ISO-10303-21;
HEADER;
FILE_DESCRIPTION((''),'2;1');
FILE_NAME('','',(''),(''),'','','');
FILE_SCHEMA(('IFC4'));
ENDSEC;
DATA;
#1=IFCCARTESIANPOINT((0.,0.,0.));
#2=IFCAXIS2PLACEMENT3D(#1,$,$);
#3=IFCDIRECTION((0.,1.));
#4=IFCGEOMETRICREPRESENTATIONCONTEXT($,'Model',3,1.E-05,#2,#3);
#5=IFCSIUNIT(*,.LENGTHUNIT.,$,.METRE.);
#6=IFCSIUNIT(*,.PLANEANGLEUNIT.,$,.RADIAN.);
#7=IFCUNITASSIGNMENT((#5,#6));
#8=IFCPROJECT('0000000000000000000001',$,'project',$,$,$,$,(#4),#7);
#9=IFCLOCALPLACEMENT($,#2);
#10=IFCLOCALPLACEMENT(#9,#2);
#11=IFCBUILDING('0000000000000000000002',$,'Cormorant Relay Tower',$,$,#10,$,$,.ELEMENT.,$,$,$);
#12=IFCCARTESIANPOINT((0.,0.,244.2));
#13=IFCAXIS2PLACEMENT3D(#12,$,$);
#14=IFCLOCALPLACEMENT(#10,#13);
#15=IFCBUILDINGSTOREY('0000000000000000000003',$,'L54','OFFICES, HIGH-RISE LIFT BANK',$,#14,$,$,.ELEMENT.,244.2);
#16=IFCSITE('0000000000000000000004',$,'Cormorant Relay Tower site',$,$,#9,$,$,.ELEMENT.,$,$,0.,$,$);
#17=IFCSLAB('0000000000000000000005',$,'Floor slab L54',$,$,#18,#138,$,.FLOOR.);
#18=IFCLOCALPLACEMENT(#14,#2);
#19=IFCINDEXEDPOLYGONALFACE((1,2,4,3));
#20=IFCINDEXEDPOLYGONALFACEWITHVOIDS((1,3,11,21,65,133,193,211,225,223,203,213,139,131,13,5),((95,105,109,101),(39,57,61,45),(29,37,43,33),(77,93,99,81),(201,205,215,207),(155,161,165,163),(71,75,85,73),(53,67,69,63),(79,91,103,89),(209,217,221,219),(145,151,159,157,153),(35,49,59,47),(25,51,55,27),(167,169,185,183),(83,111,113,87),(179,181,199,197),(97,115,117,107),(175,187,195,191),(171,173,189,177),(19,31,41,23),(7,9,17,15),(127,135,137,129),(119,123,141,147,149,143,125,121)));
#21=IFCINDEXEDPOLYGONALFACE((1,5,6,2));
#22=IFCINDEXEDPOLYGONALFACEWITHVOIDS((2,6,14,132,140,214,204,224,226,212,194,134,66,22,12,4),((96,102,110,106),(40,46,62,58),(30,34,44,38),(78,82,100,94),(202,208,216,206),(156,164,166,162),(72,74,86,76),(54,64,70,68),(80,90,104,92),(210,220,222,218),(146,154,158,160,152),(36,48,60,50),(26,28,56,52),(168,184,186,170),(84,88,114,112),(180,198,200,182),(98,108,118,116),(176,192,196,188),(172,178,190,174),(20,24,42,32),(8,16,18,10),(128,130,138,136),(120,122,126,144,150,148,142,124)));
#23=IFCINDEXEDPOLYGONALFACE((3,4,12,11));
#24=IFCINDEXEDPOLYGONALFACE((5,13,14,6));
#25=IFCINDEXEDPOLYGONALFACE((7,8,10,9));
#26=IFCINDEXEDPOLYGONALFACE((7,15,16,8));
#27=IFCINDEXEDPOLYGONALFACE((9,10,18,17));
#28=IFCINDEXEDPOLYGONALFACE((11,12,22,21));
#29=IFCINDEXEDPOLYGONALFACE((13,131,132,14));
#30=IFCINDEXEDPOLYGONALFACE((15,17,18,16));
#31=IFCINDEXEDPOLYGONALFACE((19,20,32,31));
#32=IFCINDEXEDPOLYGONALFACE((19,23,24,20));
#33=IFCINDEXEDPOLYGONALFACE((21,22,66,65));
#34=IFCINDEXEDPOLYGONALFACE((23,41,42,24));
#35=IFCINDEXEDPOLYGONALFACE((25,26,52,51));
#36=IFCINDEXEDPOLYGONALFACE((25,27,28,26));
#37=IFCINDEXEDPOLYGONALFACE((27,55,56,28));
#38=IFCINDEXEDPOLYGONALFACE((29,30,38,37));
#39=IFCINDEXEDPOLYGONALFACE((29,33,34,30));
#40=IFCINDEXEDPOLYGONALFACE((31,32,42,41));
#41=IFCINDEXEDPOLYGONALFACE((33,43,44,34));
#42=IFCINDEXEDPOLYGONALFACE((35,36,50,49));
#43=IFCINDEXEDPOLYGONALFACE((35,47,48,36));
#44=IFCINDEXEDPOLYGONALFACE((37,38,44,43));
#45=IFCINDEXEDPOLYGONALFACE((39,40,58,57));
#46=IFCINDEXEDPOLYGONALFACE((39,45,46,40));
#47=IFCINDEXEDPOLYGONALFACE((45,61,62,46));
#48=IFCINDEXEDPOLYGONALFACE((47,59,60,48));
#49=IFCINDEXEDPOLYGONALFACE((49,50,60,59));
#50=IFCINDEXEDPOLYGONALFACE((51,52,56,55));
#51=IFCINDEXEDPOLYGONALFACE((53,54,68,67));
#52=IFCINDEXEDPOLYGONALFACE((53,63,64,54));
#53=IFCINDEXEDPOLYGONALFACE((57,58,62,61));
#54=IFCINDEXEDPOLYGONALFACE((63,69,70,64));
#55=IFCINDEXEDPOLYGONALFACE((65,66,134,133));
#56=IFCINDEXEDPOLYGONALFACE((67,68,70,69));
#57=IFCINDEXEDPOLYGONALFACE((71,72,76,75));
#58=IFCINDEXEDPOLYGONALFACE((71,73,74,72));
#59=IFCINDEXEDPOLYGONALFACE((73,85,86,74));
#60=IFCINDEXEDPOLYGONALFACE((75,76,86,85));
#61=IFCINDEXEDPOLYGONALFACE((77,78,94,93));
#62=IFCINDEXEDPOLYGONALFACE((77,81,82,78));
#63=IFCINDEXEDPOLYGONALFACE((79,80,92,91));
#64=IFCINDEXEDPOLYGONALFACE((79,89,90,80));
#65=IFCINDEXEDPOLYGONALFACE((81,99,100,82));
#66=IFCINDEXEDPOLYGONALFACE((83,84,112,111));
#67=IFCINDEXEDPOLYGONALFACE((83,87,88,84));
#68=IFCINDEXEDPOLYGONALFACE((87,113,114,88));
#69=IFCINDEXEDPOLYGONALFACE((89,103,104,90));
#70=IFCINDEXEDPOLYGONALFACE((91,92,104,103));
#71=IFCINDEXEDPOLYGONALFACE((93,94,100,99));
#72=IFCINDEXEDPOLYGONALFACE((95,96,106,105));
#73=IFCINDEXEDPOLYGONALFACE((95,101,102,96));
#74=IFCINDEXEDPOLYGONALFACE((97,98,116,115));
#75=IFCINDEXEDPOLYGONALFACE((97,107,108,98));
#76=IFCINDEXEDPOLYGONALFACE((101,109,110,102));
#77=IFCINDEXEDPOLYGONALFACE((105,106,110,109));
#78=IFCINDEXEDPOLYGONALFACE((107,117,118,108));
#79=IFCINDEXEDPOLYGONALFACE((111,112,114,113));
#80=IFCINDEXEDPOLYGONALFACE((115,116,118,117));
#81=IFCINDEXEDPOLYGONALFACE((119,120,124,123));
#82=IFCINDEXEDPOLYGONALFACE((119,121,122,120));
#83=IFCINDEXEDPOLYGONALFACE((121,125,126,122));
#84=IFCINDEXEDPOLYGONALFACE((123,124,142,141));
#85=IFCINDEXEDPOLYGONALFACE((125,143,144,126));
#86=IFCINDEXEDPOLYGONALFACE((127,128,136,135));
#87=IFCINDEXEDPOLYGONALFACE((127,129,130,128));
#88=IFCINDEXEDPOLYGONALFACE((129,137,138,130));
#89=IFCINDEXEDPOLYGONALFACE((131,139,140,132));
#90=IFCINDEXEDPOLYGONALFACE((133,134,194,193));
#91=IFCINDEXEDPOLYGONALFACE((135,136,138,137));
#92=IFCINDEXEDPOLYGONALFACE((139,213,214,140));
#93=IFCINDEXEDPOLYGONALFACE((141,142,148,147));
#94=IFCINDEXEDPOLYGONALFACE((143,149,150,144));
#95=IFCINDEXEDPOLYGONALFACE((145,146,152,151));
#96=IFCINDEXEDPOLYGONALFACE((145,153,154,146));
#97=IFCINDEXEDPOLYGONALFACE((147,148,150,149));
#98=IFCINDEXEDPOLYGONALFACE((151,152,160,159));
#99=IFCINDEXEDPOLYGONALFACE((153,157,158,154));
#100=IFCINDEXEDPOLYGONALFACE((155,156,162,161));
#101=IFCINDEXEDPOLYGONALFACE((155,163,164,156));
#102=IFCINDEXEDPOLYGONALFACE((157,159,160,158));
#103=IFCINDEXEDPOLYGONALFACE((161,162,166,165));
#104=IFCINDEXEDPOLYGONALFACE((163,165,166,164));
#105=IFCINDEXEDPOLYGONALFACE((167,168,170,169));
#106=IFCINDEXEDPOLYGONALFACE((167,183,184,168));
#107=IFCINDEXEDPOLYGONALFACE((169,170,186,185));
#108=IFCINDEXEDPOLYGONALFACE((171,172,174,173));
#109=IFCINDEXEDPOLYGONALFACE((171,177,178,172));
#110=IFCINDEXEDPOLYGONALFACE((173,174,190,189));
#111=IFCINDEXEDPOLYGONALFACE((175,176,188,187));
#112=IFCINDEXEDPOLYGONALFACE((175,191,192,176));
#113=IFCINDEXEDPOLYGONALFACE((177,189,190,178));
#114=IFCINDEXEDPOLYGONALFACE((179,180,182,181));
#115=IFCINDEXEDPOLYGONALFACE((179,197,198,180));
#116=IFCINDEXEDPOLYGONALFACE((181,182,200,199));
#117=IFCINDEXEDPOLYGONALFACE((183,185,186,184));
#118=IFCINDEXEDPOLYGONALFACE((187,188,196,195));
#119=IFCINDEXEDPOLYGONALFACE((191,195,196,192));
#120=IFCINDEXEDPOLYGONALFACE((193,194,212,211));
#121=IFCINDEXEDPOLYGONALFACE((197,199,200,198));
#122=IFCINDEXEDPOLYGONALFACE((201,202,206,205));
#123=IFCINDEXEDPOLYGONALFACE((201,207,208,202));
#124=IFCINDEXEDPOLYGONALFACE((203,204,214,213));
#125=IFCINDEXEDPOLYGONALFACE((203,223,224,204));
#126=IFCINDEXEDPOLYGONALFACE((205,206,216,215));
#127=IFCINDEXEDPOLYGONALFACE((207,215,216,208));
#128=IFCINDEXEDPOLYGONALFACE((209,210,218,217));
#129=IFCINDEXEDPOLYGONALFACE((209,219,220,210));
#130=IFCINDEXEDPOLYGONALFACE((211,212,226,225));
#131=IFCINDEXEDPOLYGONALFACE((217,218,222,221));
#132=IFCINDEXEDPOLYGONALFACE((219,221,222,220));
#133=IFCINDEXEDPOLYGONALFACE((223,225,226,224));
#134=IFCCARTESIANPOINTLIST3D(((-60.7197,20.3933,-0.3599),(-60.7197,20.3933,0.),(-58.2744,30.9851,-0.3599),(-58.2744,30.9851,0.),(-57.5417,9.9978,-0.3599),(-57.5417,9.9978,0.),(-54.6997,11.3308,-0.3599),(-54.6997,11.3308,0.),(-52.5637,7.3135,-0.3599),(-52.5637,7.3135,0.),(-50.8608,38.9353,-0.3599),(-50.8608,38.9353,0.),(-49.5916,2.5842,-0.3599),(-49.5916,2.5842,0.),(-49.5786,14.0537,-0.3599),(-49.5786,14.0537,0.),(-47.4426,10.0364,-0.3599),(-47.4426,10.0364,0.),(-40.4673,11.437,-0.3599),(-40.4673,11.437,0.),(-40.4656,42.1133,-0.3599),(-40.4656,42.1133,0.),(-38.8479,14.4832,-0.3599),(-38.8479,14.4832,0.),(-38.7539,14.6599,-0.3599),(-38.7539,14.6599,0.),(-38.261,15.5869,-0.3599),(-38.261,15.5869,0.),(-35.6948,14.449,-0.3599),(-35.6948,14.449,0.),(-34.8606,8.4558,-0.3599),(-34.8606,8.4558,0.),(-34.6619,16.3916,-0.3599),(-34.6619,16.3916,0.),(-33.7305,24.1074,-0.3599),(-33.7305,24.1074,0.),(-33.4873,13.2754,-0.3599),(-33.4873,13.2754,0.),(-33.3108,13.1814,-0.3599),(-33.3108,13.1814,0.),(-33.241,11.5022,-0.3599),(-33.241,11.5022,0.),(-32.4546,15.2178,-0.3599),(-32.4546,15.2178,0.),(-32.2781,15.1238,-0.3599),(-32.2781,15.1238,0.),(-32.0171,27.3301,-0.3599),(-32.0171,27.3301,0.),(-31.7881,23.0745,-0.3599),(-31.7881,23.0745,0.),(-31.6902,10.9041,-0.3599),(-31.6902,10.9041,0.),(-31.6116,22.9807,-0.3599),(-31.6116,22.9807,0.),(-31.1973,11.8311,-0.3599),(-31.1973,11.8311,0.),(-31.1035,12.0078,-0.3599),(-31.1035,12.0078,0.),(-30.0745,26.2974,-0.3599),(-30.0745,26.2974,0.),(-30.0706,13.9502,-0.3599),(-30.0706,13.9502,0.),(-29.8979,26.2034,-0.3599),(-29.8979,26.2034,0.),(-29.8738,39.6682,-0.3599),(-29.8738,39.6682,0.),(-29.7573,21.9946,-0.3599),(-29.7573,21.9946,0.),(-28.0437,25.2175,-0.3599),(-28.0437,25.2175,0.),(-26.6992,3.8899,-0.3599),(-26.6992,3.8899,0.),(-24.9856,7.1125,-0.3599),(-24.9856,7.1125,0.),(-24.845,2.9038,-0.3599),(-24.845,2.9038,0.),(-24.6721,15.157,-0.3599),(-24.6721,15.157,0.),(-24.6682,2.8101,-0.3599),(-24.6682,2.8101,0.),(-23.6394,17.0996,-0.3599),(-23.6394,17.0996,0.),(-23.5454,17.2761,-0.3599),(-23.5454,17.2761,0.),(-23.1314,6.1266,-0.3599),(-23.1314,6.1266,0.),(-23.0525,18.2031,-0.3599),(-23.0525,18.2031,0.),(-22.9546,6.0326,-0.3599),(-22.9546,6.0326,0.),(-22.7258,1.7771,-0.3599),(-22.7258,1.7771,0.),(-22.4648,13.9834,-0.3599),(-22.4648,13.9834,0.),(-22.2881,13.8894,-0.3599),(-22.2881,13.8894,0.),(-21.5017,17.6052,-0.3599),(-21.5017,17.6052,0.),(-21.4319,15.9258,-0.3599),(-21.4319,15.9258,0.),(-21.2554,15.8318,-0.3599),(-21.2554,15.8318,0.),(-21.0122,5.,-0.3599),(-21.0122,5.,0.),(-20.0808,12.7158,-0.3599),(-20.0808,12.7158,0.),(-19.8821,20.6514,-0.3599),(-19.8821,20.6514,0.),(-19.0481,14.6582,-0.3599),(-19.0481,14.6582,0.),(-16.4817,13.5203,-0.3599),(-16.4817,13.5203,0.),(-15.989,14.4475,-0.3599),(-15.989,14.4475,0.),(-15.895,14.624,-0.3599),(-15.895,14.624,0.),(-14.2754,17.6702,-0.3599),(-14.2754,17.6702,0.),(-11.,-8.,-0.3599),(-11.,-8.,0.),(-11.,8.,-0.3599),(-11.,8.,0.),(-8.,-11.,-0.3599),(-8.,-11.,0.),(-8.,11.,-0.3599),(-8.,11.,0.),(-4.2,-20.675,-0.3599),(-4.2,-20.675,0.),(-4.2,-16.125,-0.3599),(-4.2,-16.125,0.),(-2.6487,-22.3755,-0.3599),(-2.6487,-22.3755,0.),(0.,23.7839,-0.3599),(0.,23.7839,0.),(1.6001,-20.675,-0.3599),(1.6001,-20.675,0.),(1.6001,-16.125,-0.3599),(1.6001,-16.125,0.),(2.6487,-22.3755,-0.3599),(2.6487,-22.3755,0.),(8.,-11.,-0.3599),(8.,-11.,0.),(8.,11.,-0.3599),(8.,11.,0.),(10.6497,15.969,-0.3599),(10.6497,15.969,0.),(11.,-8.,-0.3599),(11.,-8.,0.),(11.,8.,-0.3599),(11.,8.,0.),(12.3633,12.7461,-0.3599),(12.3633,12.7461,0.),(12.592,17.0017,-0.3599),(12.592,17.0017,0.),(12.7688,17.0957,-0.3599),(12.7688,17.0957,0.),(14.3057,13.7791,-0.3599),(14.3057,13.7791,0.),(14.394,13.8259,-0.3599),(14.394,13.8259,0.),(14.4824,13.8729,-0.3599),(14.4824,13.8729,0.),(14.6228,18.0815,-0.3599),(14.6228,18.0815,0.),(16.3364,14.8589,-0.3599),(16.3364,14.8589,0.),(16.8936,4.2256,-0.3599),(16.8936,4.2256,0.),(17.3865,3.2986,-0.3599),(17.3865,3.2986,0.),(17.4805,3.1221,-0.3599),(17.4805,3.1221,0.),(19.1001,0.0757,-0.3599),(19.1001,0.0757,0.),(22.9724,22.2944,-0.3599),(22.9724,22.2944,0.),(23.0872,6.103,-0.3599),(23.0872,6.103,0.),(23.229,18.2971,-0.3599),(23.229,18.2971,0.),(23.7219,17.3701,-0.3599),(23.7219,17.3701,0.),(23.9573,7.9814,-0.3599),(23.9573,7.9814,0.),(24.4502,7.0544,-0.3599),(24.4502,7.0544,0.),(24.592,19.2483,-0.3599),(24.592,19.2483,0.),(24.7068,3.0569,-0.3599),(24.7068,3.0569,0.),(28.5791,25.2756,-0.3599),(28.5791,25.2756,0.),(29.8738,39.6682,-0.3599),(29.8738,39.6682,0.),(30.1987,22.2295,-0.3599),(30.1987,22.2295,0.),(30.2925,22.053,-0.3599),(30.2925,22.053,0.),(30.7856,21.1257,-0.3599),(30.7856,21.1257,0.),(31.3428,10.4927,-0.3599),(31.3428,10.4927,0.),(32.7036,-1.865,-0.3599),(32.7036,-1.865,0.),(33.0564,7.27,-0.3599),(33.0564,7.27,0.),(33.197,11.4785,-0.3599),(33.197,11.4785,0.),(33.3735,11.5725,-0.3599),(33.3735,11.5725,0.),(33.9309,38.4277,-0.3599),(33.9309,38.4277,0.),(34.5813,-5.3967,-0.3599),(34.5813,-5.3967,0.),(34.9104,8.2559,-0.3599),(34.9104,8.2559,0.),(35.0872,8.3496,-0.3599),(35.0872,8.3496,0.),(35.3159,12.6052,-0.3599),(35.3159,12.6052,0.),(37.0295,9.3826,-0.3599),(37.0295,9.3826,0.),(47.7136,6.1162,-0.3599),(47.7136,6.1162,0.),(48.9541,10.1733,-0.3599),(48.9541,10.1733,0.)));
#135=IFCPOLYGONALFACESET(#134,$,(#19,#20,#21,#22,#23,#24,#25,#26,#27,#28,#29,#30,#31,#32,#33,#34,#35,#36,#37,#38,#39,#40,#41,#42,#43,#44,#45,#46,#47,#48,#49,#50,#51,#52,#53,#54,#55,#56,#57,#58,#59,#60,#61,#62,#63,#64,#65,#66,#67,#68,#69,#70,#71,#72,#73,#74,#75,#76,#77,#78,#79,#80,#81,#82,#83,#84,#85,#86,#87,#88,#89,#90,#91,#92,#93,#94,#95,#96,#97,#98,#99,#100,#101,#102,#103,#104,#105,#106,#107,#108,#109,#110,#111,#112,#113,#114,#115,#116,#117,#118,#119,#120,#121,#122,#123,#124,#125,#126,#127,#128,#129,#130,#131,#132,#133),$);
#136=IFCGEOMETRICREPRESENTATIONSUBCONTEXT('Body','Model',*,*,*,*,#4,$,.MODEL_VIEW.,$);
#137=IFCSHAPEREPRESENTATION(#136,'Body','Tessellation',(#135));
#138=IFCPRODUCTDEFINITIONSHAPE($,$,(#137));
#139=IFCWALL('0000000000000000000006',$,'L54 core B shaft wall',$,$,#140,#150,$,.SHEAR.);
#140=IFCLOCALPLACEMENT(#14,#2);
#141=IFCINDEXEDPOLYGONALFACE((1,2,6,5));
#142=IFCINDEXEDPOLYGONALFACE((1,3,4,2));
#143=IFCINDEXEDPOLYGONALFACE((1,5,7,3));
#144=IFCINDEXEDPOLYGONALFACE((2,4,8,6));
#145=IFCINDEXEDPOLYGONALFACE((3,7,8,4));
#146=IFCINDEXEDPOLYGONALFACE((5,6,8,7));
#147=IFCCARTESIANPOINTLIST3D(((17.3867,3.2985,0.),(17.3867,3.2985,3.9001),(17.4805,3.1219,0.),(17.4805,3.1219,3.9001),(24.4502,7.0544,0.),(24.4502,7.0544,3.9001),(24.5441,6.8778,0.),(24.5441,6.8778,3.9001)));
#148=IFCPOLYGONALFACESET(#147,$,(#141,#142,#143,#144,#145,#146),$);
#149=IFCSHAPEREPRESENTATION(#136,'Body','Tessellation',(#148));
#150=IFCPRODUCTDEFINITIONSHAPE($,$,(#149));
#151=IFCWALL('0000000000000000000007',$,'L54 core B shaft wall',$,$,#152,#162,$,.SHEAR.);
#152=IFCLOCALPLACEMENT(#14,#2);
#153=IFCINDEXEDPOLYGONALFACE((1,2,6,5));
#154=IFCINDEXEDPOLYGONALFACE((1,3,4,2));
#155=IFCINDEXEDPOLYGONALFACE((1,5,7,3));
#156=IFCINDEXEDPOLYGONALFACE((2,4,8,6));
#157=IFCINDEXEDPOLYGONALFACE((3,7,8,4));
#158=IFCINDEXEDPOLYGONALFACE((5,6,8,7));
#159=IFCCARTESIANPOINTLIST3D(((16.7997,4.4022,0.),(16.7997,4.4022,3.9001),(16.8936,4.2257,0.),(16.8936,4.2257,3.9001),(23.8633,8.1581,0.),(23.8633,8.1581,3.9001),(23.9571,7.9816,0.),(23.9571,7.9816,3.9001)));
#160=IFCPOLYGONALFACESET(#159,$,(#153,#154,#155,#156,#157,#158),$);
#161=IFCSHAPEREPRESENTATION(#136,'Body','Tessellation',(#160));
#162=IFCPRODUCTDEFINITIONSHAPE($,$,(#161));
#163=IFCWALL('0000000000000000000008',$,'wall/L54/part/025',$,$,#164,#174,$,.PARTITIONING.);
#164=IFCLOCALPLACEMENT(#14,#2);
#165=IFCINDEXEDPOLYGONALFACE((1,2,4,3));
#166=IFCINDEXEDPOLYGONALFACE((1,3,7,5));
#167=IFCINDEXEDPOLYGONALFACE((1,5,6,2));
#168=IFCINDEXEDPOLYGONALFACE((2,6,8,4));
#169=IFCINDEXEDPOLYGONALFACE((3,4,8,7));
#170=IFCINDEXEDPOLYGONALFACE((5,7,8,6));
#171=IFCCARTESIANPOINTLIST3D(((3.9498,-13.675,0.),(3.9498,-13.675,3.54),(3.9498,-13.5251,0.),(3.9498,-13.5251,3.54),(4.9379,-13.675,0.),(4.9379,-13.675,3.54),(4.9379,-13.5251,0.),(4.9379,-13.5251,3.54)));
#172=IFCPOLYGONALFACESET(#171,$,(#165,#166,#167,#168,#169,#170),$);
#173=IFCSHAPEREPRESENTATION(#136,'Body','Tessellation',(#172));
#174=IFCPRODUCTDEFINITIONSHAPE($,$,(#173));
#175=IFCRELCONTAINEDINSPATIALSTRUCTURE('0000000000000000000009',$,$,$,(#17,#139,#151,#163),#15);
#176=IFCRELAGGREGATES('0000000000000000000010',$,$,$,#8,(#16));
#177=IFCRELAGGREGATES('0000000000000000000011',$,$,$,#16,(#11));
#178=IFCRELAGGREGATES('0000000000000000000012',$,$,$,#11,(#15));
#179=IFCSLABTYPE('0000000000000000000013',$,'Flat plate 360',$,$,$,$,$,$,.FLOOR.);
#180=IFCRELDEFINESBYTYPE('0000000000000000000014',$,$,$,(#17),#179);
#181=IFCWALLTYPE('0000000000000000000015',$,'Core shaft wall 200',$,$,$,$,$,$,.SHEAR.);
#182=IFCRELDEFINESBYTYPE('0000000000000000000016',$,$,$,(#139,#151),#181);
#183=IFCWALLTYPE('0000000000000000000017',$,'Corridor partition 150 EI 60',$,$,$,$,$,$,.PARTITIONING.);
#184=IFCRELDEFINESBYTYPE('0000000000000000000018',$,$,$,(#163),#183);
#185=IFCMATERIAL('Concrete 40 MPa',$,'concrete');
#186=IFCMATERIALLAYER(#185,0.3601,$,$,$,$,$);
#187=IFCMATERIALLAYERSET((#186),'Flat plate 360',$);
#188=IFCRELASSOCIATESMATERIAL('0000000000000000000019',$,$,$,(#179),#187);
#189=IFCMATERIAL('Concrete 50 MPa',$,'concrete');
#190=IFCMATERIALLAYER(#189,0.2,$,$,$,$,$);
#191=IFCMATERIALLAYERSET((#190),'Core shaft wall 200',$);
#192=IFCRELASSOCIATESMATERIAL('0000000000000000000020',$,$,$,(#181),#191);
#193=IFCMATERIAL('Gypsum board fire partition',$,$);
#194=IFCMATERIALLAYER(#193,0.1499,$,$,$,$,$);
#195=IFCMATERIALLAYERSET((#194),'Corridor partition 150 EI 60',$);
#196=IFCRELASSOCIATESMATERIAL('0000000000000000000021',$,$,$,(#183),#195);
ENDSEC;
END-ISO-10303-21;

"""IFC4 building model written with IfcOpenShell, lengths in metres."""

from ifc_helpers import new_model, si_unit, direction, frame, frame_2d, origin, place, context, subcontext, project, spatial, polyline, rectangle, outline, extrude, material, layer, layer_set, type_object, element, save


model = new_model("IFC4")

# Units and contexts
model_context = context("Model", 3, precision=1e-05, world=origin(), true_north=direction((0.0, 1.0)))
body_context = subcontext(model_context, "Body", "Model", "MODEL_VIEW")
ifc_project = project(units=[si_unit("LENGTHUNIT", "METRE"), si_unit("PLANEANGLEUNIT", "RADIAN")], contexts=[model_context])

# Site, building, storey
site_placement = place(None, origin())
site = spatial("IfcSite", under=ifc_project, at=site_placement, Name="Cormorant Relay Tower site", CompositionType="ELEMENT", RefElevation=0.0)
building_placement = place(site_placement, origin())
building = spatial("IfcBuilding", under=site, at=building_placement, Name="Cormorant Relay Tower", CompositionType="ELEMENT")
storey_placement = place(building_placement, frame((0.0, 0.0, 244.2)))
storey = spatial("IfcBuildingStorey", under=building, at=storey_placement, Name="L54", Description="OFFICES, HIGH-RISE LIFT BANK", CompositionType="ELEMENT", Elevation=244.2)

# Slab
ifc_material_1 = material(Name="Concrete 40 MPa", Category="concrete")
ifc_layer_1 = layer(ifc_material_1, 0.3601)
ifc_layer_set_1 = layer_set([ifc_layer_1], Name="Flat plate 360")
slab_type_1 = type_object("IfcSlabType", Name="Flat plate 360", PredefinedType="FLOOR", material=ifc_layer_set_1)
slab_1_placement = place(storey_placement, frame((0.0, 0.0, -0.3599)))
element("IfcSlab", 1, at=slab_1_placement, inside=storey, type_object=slab_type_1, Name="Floor slab L54", PredefinedType="FLOOR", context=body_context, shape_type="SweptSolid", body=[
    extrude(outline(polyline([(-60.7197, 20.3933), (-58.2744, 30.9851), (-50.8608, 38.9353), (-40.4656, 42.1133), (-29.8738, 39.6682), (0.0, 23.7839), (29.8738, 39.6682), (33.9309, 38.4277), (48.9541, 10.1733), (47.7136, 6.1162), (32.7036, -1.865), (34.5813, -5.3967), (2.6487, -22.3755), (-2.6487, -22.3755), (-49.5916, 2.5842), (-57.5417, 9.9978), (-60.7197, 20.3933)]), holes=[polyline([(11.0, -8.0), (11.0, 8.0), (8.0, 11.0), (-8.0, 11.0), (-11.0, 8.0), (-11.0, -8.0), (-8.0, -11.0), (8.0, -11.0), (11.0, -8.0)]), polyline([(-22.9546, 6.0327), (-24.6682, 2.8101), (-22.7258, 1.7771), (-21.0122, 5.0), (-23.043, 6.0796), (-22.9546, 6.0327)]), polyline([(-24.9856, 7.1125), (-26.6992, 3.8899), (-24.845, 2.9038), (-23.1313, 6.1267), (-23.043, 6.0796), (-24.9856, 7.1125)]), polyline([(-54.6997, 11.3308), (-52.5637, 7.3135), (-47.4426, 10.0364), (-49.5786, 14.0537), (-54.6997, 11.3308)]), polyline([(-33.241, 11.5022), (-38.8479, 14.4832), (-40.4673, 11.437), (-34.8606, 8.4558), (-33.241, 11.5022)]), polyline([(-38.261, 15.5869), (-38.7539, 14.6599), (-31.6902, 10.9041), (-31.1973, 11.8311), (-38.261, 15.5869)]), polyline([(-31.1035, 12.0078), (-30.0706, 13.9502), (-32.2781, 15.1238), (-33.3108, 13.1814), (-31.1035, 12.0078)]), polyline([(-22.2881, 13.8894), (-20.0808, 12.7158), (-19.0481, 14.6582), (-21.2554, 15.8318), (-22.2881, 13.8894)]), polyline([(-34.6619, 16.3916), (-35.6948, 14.449), (-33.4873, 13.2754), (-32.4546, 15.2178), (-34.6619, 16.3916)]), polyline([(-22.4648, 13.9834), (-21.4319, 15.9258), (-23.6394, 17.0996), (-24.6721, 15.157), (-22.4648, 13.9834)]), polyline([(-31.6116, 22.9807), (-29.7573, 21.9946), (-28.0437, 25.2175), (-29.8979, 26.2034), (-31.6116, 22.9807)]), polyline([(-32.0171, 27.3301), (-33.7305, 24.1074), (-31.7881, 23.0745), (-30.0745, 26.2974), (-32.0171, 27.3301)]), polyline([(-4.2, -16.125), (-4.2, -20.675), (1.6001, -20.675), (1.6001, -16.125), (-4.2, -16.125)]), polyline([(17.4805, 3.1221), (19.1001, 0.0757), (24.7068, 3.0569), (23.0872, 6.103), (17.4805, 3.1221)]), polyline([(17.3865, 3.2986), (24.4502, 7.0544), (23.9573, 7.9814), (16.8936, 4.2256), (17.3865, 3.2986)]), polyline([(33.197, 11.4785), (31.3428, 10.4927), (33.0564, 7.27), (34.9104, 8.2559), (33.197, 11.4785)]), polyline([(33.3735, 11.5725), (35.0872, 8.3496), (37.0295, 9.3826), (35.3159, 12.6052), (33.3735, 11.5725)]), polyline([(14.3057, 13.7791), (12.592, 17.0017), (10.6497, 15.969), (12.3633, 12.7461), (14.394, 13.8259), (14.3057, 13.7791)]), polyline([(16.3364, 14.8589), (14.6228, 18.0815), (12.7688, 17.0957), (14.4824, 13.8728), (14.394, 13.8259), (16.3364, 14.8589)]), polyline([(-16.4817, 13.5203), (-15.989, 14.4475), (-23.0525, 18.2031), (-23.5454, 17.2761), (-16.4817, 13.5203)]), polyline([(-15.895, 14.624), (-14.2754, 17.6702), (-19.8821, 20.6514), (-21.5017, 17.6052), (-15.895, 14.624)]), polyline([(30.7856, 21.1257), (30.2925, 22.053), (23.229, 18.2971), (23.7219, 17.3701), (30.7856, 21.1257)]), polyline([(24.592, 19.2483), (30.1987, 22.2295), (28.5791, 25.2756), (22.9724, 22.2944), (24.592, 19.2483)])]), origin(), (0.0, 0.0, 1.0), 0.3599),
])

# Walls
ifc_material_2 = material(Name="Concrete 50 MPa", Category="concrete")
ifc_layer_2 = layer(ifc_material_2, 0.2)
ifc_layer_set_2 = layer_set([ifc_layer_2], Name="Core shaft wall 200")
wall_type_1 = type_object("IfcWallType", Name="Core shaft wall 200", PredefinedType="SHEAR", material=ifc_layer_set_2)
for number, where, z_axis, x_axis, name in (
    (2, (17.4336, 3.2102, 0.0), (0.0, 0.0, 1.0), (0.88294, 0.469485, 0.0), "L54 core B shaft wall"),
    (3, (16.8467, 4.314, 0.0), (0.0, 0.0, 1.0), (0.88294, 0.469485, 0.0), "L54 core B shaft wall"),
):
    element("IfcWall", number, at=place(storey_placement, frame(where, z_axis=z_axis, x_axis=x_axis)), inside=storey, type_object=wall_type_1, Name=name, PredefinedType="SHEAR", context=body_context, shape_type="SweptSolid", body=[
        extrude(rectangle(XDim=8.0, YDim=0.2, at=frame_2d((4.0, 0.0))), origin(), (0.0, 0.0, 1.0), 3.9001),
    ])
ifc_material_3 = material(Name="Gypsum board fire partition")
ifc_layer_3 = layer(ifc_material_3, 0.1499)
ifc_layer_set_3 = layer_set([ifc_layer_3], Name="Corridor partition 150 EI 60")
wall_type_2 = type_object("IfcWallType", Name="Corridor partition 150 EI 60", PredefinedType="PARTITIONING", material=ifc_layer_set_3)
wall_1_placement = place(storey_placement, frame((4.938, -13.6001, 0.0), z_axis=(0.0, 0.0, 1.0), x_axis=(-1.0, 0.0, 0.0)))
element("IfcWall", 4, at=wall_1_placement, inside=storey, type_object=wall_type_2, Name="wall/L54/part/025", PredefinedType="PARTITIONING", context=body_context, shape_type="SweptSolid", body=[
    extrude(rectangle(XDim=0.988, YDim=0.1499, at=frame_2d((0.4941, 0.0))), origin(), (0.0, 0.0, 1.0), 3.54),
])

save(model, "model.ifc")
